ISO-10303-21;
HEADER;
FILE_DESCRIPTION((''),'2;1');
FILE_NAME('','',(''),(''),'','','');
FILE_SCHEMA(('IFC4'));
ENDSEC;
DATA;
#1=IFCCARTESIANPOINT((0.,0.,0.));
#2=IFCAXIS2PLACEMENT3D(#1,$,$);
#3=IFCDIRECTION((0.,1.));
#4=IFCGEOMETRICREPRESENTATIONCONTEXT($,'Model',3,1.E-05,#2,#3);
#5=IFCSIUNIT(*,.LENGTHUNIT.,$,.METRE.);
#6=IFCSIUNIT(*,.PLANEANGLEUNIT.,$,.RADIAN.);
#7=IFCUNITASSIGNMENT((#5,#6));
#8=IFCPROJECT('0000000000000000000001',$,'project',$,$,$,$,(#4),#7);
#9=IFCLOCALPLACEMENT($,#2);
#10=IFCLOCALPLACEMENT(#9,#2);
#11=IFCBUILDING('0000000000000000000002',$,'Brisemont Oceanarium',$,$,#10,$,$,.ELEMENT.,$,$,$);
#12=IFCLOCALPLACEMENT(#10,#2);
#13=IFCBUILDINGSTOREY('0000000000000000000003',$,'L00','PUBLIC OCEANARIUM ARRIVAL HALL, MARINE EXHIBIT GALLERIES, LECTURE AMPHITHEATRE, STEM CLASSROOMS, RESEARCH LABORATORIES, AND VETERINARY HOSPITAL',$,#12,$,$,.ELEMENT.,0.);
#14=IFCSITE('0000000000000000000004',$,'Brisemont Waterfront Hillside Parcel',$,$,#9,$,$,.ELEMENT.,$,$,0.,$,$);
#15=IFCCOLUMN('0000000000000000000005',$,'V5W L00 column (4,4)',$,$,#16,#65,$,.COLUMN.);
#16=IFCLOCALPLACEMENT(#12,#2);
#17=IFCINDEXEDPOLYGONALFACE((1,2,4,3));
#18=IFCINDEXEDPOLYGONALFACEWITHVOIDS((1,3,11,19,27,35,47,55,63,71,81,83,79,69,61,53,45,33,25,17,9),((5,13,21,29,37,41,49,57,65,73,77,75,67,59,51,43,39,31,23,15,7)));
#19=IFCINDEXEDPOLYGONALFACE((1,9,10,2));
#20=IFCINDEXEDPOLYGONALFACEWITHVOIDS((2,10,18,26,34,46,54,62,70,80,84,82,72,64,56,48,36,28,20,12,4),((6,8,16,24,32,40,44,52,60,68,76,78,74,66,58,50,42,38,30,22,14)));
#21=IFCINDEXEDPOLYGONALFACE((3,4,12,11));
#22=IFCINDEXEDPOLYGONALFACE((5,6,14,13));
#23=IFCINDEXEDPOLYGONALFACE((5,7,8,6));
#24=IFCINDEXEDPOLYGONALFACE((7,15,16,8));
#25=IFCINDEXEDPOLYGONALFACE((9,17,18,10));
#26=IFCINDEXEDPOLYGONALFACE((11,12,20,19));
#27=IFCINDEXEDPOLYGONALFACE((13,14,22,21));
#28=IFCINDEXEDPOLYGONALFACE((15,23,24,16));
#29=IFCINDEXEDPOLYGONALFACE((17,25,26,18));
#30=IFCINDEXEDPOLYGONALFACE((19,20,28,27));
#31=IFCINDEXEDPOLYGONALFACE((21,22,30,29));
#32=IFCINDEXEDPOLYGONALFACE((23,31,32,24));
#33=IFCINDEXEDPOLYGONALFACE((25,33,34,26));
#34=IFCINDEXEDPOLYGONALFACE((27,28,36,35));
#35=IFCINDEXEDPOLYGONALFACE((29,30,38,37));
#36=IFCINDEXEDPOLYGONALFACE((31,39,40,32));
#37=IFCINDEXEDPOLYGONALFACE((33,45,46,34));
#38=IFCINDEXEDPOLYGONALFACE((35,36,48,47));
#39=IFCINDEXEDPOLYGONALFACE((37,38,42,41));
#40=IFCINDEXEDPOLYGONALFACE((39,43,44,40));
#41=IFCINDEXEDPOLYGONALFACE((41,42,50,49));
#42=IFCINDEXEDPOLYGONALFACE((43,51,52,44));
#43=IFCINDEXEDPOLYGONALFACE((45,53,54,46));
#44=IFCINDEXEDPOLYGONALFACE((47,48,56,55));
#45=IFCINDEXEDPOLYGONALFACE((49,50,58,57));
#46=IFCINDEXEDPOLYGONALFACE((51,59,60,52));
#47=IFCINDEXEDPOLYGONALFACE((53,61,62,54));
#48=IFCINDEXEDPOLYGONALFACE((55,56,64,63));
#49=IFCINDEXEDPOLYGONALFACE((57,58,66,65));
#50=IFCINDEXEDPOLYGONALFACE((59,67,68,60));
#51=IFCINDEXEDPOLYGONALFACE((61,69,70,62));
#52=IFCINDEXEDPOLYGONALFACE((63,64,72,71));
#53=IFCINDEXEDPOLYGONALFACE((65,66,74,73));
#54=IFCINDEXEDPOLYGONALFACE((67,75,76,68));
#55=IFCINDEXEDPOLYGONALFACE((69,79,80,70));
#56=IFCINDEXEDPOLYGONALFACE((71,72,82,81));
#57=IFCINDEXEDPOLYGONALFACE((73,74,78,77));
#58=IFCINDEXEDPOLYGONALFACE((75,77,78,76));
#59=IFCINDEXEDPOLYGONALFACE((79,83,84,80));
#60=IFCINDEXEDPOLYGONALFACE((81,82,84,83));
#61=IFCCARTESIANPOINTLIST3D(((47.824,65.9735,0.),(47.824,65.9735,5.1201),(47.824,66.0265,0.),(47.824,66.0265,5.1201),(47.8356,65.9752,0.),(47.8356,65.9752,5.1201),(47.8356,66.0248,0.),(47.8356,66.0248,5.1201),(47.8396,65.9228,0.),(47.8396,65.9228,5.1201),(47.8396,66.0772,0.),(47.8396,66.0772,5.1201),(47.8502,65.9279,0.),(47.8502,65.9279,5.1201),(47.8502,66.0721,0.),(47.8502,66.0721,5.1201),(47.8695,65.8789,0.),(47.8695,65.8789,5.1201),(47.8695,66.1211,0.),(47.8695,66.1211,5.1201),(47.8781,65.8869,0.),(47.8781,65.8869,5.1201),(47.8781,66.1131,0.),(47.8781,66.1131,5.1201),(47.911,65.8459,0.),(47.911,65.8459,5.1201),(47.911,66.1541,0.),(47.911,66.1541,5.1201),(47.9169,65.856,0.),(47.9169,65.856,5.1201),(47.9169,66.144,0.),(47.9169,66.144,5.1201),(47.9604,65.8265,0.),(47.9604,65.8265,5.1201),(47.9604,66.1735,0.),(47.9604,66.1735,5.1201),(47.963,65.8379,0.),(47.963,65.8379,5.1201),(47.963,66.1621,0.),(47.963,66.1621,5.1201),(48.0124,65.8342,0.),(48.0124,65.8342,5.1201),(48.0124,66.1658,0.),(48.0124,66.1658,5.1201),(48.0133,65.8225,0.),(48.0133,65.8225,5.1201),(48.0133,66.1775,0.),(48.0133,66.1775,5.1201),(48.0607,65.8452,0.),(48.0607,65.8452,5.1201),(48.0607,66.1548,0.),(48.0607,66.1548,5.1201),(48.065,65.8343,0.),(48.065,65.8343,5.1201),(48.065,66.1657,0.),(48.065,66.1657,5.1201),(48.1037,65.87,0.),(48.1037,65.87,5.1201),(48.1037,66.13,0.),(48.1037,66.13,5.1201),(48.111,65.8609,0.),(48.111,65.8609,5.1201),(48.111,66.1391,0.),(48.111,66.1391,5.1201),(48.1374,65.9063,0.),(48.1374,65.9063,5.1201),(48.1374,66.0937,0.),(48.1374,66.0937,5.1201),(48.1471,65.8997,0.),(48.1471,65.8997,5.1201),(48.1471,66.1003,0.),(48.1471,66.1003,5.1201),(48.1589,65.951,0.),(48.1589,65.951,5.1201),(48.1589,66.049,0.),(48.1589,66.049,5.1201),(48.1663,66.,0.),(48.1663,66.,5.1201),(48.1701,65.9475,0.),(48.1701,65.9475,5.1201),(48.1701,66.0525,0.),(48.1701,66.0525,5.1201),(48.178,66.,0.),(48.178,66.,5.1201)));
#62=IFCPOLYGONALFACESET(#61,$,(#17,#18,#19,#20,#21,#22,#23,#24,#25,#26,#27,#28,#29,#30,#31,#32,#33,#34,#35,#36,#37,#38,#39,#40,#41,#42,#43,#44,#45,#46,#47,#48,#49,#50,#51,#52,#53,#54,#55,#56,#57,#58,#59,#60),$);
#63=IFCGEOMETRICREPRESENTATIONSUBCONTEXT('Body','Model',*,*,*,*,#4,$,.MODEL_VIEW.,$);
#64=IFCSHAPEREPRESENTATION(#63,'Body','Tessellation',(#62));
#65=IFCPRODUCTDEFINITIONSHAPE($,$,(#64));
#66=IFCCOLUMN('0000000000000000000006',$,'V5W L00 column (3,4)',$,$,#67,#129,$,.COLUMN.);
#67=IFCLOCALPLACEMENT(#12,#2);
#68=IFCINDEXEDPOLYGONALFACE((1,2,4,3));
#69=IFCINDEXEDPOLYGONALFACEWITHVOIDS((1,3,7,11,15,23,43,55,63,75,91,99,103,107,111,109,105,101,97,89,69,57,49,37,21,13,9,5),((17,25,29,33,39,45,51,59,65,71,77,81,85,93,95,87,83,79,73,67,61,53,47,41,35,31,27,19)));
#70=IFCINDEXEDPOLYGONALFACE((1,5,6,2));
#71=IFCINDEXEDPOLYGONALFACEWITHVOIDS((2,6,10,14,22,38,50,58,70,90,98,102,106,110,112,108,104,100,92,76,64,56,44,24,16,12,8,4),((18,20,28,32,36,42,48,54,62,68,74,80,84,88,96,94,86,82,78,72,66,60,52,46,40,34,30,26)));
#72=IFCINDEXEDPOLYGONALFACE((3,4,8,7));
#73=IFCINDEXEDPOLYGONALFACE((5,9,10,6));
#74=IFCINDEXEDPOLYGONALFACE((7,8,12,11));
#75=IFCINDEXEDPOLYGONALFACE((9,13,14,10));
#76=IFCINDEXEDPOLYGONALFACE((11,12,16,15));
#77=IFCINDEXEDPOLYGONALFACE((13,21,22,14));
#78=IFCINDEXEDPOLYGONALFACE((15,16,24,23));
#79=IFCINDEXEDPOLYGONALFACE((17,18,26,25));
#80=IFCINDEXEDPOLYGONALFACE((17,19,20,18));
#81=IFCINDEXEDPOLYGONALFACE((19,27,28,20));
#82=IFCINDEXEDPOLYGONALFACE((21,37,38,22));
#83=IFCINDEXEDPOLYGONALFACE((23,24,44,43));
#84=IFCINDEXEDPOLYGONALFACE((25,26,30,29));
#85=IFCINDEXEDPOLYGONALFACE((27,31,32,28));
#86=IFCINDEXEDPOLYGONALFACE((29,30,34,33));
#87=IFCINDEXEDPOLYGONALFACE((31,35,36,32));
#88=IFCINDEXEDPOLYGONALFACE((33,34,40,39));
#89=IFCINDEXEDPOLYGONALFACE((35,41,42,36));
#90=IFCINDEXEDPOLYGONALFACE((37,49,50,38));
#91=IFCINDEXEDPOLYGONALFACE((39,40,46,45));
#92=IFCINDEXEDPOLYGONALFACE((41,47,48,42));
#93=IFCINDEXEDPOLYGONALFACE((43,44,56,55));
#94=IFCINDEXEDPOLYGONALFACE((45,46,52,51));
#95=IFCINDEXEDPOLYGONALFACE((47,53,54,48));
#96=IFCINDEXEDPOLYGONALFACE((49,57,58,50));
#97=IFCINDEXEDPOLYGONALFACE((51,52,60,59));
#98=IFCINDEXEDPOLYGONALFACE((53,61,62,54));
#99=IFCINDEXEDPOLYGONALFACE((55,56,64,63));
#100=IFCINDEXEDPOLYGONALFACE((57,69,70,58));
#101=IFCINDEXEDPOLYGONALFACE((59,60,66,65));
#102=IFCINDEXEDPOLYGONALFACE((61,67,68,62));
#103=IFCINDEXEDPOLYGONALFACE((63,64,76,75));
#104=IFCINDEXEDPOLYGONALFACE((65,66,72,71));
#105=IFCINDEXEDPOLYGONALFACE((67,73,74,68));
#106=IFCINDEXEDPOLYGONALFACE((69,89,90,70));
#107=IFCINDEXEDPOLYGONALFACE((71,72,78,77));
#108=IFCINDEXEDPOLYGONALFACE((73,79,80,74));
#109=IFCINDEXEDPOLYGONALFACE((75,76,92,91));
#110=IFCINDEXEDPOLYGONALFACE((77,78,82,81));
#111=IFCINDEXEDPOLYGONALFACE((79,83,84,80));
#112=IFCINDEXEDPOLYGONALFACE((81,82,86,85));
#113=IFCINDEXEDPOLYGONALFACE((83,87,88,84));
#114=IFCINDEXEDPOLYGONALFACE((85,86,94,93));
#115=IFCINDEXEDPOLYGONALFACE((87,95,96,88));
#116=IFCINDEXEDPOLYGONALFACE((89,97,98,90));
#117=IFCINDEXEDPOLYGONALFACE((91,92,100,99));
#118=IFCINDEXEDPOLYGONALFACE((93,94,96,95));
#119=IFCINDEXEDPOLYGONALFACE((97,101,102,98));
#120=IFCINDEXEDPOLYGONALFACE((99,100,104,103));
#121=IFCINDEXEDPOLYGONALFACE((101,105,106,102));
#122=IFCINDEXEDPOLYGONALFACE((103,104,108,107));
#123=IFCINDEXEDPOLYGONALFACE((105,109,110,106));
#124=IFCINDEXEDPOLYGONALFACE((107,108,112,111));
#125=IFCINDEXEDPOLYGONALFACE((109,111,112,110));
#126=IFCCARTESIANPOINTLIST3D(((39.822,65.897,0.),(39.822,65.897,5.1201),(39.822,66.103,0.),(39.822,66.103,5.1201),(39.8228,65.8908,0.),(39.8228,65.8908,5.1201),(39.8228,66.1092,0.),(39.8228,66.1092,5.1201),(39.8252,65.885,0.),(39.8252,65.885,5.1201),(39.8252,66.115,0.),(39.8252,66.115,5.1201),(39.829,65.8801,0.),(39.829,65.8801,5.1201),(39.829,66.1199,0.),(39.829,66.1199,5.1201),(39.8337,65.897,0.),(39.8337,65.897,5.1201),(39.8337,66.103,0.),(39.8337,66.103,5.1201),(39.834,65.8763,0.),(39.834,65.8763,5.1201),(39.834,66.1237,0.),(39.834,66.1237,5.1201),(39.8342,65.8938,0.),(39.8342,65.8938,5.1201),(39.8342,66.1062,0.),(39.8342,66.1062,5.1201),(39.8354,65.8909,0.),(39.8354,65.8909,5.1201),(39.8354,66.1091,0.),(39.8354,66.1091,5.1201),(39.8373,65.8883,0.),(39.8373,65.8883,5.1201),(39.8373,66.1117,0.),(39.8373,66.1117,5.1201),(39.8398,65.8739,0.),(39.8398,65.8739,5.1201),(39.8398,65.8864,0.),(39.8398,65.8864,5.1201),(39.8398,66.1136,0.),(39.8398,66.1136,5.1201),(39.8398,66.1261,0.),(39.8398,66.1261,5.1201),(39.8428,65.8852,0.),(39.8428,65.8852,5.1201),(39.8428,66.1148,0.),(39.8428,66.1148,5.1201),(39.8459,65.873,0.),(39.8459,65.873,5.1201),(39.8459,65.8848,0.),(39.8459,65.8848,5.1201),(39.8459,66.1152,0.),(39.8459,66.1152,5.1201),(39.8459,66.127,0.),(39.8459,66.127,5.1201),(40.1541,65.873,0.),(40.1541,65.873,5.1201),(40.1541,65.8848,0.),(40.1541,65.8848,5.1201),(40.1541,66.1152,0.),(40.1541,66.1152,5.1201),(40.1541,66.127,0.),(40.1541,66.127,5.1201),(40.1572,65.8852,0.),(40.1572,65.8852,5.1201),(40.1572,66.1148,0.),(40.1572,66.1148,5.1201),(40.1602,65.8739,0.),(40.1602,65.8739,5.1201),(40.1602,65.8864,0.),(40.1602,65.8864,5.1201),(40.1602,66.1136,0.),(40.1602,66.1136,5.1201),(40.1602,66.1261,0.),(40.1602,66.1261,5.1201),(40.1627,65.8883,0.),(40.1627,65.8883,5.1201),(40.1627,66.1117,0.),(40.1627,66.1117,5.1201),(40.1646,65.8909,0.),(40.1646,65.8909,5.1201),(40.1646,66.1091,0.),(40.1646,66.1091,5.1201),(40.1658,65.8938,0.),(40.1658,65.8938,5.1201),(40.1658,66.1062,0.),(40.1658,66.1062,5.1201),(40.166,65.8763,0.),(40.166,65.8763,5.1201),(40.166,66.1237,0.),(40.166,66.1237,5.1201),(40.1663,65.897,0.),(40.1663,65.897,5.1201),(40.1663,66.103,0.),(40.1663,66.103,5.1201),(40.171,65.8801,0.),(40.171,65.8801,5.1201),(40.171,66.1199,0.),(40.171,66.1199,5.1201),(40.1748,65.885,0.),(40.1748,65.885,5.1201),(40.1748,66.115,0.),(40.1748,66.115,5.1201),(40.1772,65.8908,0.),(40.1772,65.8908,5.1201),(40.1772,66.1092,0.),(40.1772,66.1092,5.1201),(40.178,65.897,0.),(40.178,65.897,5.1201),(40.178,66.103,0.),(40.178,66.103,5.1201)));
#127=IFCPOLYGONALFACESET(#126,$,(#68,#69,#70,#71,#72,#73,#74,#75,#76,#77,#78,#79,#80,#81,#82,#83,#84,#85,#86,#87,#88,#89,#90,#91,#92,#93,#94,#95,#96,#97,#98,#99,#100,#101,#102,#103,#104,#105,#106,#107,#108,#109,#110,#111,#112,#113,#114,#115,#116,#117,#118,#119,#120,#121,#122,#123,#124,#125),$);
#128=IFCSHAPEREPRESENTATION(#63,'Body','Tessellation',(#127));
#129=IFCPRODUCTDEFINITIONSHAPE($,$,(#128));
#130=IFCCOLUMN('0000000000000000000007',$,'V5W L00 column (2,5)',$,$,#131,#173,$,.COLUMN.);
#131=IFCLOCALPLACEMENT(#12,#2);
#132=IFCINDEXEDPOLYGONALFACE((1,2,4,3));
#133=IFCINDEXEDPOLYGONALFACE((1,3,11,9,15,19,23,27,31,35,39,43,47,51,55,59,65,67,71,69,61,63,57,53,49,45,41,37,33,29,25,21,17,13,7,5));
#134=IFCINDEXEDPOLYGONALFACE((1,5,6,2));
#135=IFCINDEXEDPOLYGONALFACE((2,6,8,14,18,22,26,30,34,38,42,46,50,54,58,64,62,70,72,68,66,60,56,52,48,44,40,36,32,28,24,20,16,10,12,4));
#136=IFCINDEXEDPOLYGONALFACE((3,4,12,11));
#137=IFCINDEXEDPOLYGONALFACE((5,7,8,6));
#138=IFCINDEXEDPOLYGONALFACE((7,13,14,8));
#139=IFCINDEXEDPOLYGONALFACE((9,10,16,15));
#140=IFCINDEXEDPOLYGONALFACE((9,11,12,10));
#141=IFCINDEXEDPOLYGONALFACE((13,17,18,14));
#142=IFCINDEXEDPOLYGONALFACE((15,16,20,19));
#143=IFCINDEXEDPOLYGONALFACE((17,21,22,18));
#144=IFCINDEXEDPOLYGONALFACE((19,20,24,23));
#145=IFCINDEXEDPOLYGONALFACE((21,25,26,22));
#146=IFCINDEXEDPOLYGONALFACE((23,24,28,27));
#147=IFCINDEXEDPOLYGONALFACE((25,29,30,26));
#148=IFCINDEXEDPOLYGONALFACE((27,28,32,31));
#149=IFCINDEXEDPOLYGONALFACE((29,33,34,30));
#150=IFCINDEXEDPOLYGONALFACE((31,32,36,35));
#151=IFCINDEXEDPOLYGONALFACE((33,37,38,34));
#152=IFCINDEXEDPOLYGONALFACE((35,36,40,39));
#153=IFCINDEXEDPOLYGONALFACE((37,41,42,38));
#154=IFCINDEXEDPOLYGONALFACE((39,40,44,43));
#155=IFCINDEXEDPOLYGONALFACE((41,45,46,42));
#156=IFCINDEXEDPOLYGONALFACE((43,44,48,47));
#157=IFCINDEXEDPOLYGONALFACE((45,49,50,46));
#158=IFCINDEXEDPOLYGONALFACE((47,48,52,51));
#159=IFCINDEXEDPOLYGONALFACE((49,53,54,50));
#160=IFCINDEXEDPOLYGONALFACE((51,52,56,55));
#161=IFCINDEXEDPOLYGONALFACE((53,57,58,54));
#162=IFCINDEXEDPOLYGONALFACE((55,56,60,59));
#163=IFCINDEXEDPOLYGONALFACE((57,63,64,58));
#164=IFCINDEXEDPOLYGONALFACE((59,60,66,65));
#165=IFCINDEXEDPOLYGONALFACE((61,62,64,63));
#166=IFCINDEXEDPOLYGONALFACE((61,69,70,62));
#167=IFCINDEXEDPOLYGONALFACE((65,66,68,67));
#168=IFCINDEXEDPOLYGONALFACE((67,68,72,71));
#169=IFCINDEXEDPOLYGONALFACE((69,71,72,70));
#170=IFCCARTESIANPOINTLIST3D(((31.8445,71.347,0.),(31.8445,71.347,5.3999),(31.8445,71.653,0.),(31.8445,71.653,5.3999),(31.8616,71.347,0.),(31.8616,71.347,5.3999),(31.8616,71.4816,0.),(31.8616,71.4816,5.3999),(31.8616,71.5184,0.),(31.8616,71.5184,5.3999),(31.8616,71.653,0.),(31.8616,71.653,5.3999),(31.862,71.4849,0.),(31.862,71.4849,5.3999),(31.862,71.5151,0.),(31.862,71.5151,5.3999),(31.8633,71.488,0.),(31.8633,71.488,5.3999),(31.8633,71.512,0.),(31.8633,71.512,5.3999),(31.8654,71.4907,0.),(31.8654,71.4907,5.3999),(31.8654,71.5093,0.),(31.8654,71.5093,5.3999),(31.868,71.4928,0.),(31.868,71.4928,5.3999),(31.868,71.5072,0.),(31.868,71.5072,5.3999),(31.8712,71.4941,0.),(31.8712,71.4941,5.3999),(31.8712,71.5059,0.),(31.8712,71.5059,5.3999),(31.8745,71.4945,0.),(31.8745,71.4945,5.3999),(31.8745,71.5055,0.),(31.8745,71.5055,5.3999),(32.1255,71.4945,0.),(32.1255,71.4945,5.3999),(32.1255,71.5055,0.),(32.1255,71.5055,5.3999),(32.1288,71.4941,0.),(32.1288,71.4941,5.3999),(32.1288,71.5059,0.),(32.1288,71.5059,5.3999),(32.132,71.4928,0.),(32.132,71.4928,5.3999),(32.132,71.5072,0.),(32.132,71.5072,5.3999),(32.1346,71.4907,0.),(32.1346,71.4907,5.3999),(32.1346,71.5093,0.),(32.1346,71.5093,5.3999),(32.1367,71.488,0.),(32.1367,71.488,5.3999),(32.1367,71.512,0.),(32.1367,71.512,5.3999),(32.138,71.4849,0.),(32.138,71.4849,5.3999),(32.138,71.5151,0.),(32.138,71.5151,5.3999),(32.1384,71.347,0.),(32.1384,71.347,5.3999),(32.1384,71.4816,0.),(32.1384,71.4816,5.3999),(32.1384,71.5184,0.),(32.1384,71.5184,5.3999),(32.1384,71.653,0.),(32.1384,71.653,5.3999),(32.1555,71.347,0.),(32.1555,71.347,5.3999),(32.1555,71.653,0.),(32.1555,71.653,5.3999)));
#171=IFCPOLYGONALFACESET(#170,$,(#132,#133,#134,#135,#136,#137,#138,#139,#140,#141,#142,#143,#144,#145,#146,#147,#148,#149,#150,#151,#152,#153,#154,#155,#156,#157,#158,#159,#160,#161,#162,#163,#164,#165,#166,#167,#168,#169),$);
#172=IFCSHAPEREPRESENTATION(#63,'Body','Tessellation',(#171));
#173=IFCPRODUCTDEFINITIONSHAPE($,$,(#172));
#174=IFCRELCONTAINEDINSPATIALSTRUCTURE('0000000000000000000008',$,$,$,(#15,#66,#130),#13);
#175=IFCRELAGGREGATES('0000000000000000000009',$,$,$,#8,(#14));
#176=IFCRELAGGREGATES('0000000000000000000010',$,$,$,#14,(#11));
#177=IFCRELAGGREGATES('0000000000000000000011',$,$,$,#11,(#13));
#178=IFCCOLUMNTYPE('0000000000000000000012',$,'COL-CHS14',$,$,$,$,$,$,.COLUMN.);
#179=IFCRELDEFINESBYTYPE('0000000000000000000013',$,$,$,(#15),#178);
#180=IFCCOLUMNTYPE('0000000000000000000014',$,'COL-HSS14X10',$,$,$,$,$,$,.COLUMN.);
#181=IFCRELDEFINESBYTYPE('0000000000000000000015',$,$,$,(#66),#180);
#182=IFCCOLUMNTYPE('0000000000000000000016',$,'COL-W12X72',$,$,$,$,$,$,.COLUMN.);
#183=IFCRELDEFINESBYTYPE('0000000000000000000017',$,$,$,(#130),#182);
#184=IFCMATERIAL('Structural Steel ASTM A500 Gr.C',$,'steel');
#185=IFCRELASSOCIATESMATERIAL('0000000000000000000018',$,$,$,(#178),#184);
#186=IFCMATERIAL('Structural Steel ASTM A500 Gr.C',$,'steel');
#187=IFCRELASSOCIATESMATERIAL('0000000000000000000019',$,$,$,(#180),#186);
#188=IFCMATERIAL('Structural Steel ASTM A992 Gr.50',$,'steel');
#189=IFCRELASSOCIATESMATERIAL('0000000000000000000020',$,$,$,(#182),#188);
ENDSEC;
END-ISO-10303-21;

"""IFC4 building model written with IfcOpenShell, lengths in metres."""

from ifc_helpers import new_model, si_unit, direction, frame, origin, origin_2d, place, context, subcontext, project, spatial, hollow_rectangle, hollow_circle, i_section, extrude, material, material_profile, profile_set, type_object, element, save


model = new_model("IFC4")

# Units and contexts
model_context = context("Model", 3, precision=1e-05, world=origin(), true_north=direction((0.0, 1.0)))
body_context = subcontext(model_context, "Body", "Model", "MODEL_VIEW")
ifc_project = project(units=[si_unit("LENGTHUNIT", "METRE"), si_unit("PLANEANGLEUNIT", "RADIAN")], contexts=[model_context])

# Site, building, storey
site_placement = place(None, origin())
site = spatial("IfcSite", under=ifc_project, at=site_placement, Name="Brisemont Waterfront Hillside Parcel", CompositionType="ELEMENT", RefElevation=0.0)
building_placement = place(site_placement, origin())
building = spatial("IfcBuilding", under=site, at=building_placement, Name="Brisemont Oceanarium", CompositionType="ELEMENT")
storey_placement = place(building_placement, origin())
storey = spatial("IfcBuildingStorey", under=building, at=storey_placement, Name="L00", Description="PUBLIC OCEANARIUM ARRIVAL HALL, MARINE EXHIBIT GALLERIES, LECTURE AMPHITHEATRE, STEM CLASSROOMS, RESEARCH LABORATORIES, AND VETERINARY HOSPITAL", CompositionType="ELEMENT", Elevation=0.0)

# Columns
ifc_material_1 = material(Name="Structural Steel ASTM A500 Gr.C", Category="steel")
ifc_material_profile_1 = material_profile(ifc_material_1, hollow_circle(Radius=0.178, WallThickness=0.0117, at=origin_2d()), Name="HSS14.000X0.500")
ifc_profile_set_1 = profile_set([ifc_material_profile_1], Name="Structural Steel ASTM A500 Gr.C")
column_type_1 = type_object("IfcColumnType", Name="COL-CHS14", PredefinedType="COLUMN", material=ifc_profile_set_1)
column_1_placement = place(storey_placement, frame((48.0, 66.0, 0.0), z_axis=(0.0, 0.0, 1.0), x_axis=(1.0, 0.0, 0.0)))
element("IfcColumn", 1, at=column_1_placement, inside=storey, type_object=column_type_1, Name="V5W L00 column (4,4)", PredefinedType="COLUMN", context=body_context, shape_type="SweptSolid", body=[
    extrude(hollow_circle(Radius=0.178, WallThickness=0.0117, at=origin_2d()), origin(), (0.0, 0.0, 1.0), 5.1201),
])
ifc_material_2 = material(Name="Structural Steel ASTM A500 Gr.C", Category="steel")
ifc_material_profile_2 = material_profile(ifc_material_2, hollow_rectangle(XDim=0.2539, YDim=0.356, WallThickness=0.0117, InnerFilletRadius=0.0122, OuterFilletRadius=0.0239, at=origin_2d()), Name="HSS14X10X1/2")
ifc_profile_set_2 = profile_set([ifc_material_profile_2], Name="Structural Steel ASTM A500 Gr.C")
column_type_2 = type_object("IfcColumnType", Name="COL-HSS14X10", PredefinedType="COLUMN", material=ifc_profile_set_2)
column_2_placement = place(storey_placement, frame((40.0, 66.0, 0.0), z_axis=(0.0, 0.0, 1.0), x_axis=(0.0, 1.0, 0.0)))
element("IfcColumn", 2, at=column_2_placement, inside=storey, type_object=column_type_2, Name="V5W L00 column (3,4)", PredefinedType="COLUMN", context=body_context, shape_type="SweptSolid", body=[
    extrude(hollow_rectangle(XDim=0.2539, YDim=0.356, WallThickness=0.0117, InnerFilletRadius=0.0122, OuterFilletRadius=0.0239, at=origin_2d()), origin(), (0.0, 0.0, 1.0), 5.1201),
])
ifc_material_3 = material(Name="Structural Steel ASTM A992 Gr.50", Category="steel")
ifc_material_profile_3 = material_profile(ifc_material_3, i_section(OverallWidth=0.3059, OverallDepth=0.311, WebThickness=0.011, FlangeThickness=0.0171, FilletRadius=0.0129, at=origin_2d()), Name="W12X72")
ifc_profile_set_3 = profile_set([ifc_material_profile_3], Name="Structural Steel ASTM A992 Gr.50")
column_type_3 = type_object("IfcColumnType", Name="COL-W12X72", PredefinedType="COLUMN", material=ifc_profile_set_3)
column_3_placement = place(storey_placement, frame((32.0, 71.5, 0.0), z_axis=(0.0, 0.0, 1.0), x_axis=(0.0, 1.0, 0.0)))
element("IfcColumn", 3, at=column_3_placement, inside=storey, type_object=column_type_3, Name="V5W L00 column (2,5)", PredefinedType="COLUMN", context=body_context, shape_type="SweptSolid", body=[
    extrude(i_section(OverallWidth=0.3059, OverallDepth=0.311, WebThickness=0.011, FlangeThickness=0.0171, FilletRadius=0.0129, at=origin_2d()), origin(), (0.0, 0.0, 1.0), 5.3999),
])

save(model, "model.ifc")
